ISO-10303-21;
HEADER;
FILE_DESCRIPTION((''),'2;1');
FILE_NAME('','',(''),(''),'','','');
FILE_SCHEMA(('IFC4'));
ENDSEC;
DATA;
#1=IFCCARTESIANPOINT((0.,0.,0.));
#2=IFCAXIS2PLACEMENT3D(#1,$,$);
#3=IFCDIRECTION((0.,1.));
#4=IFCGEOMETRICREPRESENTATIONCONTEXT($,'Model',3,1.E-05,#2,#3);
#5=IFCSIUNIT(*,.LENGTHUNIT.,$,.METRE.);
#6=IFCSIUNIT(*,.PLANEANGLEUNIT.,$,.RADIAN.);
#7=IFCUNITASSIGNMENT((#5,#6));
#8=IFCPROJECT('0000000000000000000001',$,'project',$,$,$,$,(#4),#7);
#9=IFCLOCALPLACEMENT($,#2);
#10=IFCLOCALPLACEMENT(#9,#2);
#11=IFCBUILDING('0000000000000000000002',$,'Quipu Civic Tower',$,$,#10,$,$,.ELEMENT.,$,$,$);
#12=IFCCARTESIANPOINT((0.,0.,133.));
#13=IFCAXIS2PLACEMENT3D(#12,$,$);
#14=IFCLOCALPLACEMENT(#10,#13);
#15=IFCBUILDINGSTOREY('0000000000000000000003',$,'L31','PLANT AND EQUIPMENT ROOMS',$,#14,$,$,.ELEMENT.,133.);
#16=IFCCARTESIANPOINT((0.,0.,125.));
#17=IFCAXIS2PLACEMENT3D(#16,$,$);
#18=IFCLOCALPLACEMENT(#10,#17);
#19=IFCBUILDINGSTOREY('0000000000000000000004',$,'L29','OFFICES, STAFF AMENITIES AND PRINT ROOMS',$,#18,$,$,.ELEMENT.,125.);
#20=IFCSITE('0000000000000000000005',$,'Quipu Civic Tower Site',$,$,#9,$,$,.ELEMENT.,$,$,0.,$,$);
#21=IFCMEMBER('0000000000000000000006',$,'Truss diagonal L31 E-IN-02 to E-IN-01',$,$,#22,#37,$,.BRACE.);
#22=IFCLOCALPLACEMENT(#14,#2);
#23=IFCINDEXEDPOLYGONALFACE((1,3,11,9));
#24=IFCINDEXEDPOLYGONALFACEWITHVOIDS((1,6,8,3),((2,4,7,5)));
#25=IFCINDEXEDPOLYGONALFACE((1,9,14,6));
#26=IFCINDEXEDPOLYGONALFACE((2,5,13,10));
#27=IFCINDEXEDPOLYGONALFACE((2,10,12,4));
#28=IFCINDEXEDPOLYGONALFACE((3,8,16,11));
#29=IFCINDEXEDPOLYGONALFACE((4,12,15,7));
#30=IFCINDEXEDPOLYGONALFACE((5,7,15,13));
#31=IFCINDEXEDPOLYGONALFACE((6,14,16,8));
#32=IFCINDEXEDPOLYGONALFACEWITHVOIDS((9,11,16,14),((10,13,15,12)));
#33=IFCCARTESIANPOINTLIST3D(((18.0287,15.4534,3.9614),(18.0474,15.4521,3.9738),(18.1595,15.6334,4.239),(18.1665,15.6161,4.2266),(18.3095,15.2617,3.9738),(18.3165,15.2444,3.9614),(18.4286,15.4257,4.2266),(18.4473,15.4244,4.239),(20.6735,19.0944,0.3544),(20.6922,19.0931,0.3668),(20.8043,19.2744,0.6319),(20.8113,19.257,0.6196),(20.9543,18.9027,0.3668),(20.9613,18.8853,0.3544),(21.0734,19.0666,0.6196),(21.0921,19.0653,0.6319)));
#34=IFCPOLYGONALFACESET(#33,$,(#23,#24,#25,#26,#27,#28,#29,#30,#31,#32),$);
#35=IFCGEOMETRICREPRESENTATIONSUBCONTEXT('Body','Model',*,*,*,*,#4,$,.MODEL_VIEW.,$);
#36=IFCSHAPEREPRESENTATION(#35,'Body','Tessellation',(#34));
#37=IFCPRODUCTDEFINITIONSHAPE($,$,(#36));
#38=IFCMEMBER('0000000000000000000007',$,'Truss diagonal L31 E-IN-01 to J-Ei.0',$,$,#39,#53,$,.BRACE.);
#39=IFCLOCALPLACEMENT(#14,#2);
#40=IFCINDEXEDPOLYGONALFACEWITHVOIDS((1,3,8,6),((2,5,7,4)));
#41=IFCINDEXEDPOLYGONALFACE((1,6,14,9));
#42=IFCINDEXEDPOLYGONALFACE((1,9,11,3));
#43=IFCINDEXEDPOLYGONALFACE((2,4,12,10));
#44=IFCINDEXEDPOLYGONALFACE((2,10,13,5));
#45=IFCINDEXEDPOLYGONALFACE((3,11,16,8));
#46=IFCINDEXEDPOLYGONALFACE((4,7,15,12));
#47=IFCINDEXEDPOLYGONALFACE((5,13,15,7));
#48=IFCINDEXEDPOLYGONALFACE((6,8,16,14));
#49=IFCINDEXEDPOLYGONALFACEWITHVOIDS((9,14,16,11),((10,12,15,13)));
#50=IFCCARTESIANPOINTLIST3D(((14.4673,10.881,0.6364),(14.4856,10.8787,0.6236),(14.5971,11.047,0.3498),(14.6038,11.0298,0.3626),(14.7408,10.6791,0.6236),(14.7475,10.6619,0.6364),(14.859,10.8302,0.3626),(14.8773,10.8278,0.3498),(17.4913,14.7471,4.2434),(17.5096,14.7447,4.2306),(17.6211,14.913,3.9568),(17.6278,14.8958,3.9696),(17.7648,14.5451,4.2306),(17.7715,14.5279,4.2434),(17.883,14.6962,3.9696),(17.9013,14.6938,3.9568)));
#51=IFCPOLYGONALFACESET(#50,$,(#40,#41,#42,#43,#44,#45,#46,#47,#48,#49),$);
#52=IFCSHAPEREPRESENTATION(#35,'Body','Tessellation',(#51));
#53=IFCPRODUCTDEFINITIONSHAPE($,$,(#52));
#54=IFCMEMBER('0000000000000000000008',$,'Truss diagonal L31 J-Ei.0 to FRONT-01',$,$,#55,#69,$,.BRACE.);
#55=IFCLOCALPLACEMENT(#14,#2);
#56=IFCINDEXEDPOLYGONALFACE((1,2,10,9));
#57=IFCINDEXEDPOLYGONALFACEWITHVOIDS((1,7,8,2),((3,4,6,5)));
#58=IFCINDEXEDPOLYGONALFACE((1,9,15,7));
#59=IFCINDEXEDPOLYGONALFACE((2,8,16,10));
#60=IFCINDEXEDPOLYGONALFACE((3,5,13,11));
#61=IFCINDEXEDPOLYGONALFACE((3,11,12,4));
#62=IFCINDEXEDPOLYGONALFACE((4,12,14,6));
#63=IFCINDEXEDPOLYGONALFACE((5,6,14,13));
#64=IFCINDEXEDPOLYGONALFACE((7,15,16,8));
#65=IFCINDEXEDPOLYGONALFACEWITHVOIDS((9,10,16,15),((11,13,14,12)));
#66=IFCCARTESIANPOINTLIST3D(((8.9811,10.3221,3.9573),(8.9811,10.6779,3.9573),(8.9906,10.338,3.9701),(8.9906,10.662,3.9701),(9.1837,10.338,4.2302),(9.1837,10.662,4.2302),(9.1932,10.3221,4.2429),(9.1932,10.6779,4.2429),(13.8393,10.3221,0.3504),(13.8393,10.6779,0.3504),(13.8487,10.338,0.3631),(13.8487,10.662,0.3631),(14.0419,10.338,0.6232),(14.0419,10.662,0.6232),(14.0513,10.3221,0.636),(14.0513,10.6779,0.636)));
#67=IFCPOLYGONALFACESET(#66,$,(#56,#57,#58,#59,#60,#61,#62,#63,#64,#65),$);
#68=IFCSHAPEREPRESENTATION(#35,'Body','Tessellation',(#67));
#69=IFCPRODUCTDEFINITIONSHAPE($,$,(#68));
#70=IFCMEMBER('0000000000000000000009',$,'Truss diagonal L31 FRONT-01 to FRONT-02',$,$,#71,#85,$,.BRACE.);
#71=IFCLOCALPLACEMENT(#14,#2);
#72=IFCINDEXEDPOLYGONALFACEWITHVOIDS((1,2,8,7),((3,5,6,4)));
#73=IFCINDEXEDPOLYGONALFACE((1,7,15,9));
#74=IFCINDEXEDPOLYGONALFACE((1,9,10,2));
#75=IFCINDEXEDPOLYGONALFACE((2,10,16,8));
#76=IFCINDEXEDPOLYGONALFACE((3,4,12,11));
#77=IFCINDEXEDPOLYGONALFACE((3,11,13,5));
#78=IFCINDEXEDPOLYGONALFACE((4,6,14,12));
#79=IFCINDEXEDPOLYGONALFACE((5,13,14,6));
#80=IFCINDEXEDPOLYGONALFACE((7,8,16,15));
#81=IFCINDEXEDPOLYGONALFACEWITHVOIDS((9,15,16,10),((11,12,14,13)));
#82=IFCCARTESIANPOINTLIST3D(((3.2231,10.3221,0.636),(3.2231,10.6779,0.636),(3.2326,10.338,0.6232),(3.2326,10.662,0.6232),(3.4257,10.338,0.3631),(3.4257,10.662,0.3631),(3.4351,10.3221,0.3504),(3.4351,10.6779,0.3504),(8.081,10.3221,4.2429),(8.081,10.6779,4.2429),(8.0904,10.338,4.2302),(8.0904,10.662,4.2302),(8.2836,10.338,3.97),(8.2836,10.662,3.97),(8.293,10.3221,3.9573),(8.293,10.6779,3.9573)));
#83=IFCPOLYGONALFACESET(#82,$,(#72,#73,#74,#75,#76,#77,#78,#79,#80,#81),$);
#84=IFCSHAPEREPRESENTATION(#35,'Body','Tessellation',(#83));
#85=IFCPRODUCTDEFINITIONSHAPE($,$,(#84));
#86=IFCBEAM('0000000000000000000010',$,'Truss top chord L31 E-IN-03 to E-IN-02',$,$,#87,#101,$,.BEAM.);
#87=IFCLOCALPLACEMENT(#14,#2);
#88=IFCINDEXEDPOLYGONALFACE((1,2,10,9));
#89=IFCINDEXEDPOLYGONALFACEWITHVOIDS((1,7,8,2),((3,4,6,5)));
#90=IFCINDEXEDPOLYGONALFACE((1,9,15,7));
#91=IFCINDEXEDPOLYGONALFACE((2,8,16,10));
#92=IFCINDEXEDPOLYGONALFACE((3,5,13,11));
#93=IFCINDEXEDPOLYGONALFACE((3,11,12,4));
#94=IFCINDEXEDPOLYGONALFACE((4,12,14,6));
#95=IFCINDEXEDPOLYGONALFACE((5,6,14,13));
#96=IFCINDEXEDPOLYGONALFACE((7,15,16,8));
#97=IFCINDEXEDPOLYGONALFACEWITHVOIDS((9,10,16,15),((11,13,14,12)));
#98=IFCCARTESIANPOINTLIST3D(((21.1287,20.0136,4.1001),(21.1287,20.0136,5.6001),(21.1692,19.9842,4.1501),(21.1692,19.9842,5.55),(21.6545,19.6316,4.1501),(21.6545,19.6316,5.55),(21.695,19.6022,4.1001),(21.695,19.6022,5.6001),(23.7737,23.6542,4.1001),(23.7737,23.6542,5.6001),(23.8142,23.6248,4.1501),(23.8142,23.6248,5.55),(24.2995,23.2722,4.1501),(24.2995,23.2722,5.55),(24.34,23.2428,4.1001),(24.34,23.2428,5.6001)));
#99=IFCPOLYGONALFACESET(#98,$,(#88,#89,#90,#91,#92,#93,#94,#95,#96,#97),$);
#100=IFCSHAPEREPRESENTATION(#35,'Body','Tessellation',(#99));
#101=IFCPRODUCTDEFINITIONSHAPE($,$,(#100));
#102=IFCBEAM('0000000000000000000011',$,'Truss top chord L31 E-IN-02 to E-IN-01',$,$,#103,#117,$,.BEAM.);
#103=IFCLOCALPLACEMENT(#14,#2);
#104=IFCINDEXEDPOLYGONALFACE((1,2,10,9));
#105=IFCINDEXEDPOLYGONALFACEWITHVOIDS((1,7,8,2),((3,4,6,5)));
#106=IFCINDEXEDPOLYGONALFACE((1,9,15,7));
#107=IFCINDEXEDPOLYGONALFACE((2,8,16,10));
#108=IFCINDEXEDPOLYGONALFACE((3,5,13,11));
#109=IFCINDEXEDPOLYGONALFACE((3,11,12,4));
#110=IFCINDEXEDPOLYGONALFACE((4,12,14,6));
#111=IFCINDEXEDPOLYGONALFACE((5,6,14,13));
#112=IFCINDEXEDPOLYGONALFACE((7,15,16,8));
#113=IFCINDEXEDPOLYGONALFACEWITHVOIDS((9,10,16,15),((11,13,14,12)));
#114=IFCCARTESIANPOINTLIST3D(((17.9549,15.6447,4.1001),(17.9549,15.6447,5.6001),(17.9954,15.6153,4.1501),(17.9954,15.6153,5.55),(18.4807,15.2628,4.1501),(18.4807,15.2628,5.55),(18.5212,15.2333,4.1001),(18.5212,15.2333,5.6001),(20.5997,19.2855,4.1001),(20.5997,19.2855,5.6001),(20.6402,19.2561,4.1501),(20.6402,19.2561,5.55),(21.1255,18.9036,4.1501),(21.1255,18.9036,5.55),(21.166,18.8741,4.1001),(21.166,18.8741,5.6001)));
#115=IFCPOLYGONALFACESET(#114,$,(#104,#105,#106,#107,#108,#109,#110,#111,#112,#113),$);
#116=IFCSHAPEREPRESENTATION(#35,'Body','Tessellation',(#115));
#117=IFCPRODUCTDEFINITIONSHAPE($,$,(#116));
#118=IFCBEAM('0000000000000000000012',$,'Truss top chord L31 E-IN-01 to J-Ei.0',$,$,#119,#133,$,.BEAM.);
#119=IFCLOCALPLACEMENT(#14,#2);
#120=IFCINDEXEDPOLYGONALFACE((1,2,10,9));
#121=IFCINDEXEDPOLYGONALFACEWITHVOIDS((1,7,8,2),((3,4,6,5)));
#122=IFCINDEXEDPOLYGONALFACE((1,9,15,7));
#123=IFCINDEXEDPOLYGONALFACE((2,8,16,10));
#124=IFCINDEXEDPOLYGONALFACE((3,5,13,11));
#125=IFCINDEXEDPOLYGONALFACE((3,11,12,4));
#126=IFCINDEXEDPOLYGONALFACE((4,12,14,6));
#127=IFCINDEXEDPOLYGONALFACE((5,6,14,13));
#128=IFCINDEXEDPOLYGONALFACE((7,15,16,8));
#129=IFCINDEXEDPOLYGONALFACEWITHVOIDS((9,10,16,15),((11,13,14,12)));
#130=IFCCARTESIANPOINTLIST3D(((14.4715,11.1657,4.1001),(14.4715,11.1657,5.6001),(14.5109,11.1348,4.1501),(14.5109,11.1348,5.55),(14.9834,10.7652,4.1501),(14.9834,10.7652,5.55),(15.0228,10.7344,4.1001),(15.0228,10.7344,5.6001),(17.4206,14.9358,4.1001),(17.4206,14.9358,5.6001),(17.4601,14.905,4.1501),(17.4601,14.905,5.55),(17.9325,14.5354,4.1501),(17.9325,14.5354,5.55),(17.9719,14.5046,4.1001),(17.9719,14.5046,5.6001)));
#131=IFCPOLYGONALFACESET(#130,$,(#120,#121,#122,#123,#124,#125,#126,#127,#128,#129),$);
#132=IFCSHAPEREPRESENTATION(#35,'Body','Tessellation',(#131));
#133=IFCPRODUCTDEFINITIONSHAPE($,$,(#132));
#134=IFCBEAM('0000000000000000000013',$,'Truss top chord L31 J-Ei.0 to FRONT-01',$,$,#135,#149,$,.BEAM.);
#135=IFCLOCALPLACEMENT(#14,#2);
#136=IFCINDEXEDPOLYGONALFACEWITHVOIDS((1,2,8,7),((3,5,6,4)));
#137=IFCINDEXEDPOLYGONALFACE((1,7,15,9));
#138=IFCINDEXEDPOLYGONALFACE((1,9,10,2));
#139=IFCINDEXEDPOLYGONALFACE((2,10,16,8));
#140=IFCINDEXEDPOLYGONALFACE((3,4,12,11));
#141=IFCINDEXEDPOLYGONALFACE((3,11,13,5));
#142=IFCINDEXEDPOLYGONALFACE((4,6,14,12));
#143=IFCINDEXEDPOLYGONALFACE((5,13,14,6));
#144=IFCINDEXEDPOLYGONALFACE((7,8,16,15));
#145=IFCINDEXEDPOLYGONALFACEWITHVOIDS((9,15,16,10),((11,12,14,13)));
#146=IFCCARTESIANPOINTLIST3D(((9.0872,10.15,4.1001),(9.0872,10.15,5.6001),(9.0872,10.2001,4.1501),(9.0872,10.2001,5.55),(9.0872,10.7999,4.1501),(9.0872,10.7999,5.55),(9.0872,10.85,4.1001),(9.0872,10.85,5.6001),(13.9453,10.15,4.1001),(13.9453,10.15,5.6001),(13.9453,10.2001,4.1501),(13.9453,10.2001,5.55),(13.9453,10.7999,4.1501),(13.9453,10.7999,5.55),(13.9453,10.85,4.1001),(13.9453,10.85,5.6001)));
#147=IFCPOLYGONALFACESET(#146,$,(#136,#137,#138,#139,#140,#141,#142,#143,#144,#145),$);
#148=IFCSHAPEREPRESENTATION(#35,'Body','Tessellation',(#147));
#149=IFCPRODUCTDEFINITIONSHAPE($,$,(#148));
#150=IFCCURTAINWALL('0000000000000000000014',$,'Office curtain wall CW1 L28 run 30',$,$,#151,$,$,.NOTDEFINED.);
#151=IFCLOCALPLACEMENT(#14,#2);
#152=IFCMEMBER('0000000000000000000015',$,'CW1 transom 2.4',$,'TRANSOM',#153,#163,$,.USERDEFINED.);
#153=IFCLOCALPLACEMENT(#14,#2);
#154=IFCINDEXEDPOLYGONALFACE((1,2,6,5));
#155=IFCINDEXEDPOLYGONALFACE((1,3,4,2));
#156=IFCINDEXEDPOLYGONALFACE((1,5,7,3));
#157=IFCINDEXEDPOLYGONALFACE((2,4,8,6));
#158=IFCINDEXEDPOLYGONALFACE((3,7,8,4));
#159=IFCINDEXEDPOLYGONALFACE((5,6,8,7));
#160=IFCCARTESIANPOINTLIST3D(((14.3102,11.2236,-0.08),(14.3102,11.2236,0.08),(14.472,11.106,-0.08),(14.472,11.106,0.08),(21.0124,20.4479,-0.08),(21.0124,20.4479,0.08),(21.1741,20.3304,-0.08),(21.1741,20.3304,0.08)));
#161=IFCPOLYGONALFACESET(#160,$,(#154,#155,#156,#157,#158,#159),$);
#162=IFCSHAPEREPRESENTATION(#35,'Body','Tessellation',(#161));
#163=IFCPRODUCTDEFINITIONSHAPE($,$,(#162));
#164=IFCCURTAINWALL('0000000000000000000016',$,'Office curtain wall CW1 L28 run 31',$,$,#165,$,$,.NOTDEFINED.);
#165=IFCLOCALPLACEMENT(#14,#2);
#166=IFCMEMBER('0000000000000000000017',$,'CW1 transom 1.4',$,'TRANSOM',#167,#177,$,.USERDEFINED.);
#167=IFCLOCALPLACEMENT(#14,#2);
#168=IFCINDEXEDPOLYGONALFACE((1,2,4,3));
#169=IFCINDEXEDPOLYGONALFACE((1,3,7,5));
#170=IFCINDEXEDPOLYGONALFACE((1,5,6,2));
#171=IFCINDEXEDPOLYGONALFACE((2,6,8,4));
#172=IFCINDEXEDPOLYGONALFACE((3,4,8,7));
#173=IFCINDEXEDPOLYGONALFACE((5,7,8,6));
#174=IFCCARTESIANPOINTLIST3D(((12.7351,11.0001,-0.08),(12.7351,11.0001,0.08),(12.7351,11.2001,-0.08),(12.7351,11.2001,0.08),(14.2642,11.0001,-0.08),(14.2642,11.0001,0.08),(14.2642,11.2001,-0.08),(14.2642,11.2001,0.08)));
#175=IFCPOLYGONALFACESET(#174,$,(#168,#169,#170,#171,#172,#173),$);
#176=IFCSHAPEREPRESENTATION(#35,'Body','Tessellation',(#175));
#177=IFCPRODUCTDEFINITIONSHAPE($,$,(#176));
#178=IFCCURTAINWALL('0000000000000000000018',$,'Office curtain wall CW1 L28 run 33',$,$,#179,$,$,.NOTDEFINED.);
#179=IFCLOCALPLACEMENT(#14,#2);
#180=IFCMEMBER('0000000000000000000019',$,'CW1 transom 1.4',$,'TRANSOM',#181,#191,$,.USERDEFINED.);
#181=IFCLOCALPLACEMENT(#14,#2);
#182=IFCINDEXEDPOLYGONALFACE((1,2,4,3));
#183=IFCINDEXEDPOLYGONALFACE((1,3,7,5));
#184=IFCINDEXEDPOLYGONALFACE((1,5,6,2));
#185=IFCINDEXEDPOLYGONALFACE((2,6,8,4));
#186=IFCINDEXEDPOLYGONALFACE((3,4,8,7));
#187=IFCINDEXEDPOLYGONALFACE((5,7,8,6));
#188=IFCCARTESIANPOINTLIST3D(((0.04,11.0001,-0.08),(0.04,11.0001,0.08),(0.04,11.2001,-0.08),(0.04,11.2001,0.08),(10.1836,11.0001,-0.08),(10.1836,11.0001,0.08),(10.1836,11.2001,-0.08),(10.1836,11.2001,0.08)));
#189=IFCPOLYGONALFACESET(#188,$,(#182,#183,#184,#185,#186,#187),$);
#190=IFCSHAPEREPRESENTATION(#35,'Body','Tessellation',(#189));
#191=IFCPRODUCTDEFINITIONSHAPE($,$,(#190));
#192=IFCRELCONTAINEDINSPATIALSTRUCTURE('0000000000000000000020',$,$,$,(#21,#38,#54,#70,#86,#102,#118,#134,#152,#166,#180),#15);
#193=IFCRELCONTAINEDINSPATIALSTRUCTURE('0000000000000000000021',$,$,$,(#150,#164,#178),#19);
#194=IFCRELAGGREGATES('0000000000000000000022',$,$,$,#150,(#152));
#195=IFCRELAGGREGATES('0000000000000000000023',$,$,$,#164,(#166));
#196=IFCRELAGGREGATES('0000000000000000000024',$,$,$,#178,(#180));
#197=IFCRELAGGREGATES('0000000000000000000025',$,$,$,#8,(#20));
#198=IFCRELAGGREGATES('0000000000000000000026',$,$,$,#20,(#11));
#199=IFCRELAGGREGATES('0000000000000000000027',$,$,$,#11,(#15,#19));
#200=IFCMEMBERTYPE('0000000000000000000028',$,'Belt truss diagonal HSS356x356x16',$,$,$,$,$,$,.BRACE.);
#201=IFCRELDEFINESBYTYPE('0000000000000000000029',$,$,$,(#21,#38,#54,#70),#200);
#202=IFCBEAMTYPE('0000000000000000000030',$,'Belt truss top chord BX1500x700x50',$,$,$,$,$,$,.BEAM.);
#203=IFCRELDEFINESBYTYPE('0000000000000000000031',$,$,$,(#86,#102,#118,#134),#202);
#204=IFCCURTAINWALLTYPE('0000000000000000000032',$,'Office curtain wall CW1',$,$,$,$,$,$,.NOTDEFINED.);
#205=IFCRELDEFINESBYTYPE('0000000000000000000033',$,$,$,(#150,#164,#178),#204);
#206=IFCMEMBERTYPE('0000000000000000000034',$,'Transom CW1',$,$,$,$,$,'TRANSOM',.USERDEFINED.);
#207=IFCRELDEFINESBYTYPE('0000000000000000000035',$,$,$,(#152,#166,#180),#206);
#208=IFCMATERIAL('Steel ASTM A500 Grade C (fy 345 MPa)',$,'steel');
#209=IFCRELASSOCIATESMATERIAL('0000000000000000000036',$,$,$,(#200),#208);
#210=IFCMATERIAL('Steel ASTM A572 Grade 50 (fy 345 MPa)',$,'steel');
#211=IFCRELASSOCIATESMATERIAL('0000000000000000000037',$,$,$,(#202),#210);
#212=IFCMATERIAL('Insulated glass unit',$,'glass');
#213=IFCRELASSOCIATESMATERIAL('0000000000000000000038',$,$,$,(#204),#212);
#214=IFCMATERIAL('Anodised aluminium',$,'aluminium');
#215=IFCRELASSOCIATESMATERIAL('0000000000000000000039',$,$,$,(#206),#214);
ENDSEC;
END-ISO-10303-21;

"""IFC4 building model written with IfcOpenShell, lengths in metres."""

from ifc_helpers import new_model, si_unit, direction, frame, origin, origin_2d, place, context, subcontext, project, spatial, rectangle, hollow_rectangle, extrude, material, material_profile, profile_set, type_object, element, aggregate, save


model = new_model("IFC4")

# Units and contexts
model_context = context("Model", 3, precision=1e-05, world=origin(), true_north=direction((0.0, 1.0)))
body_context = subcontext(model_context, "Body", "Model", "MODEL_VIEW")
ifc_project = project(units=[si_unit("LENGTHUNIT", "METRE"), si_unit("PLANEANGLEUNIT", "RADIAN")], contexts=[model_context])

# Site, building, storey
site_placement = place(None, origin())
site = spatial("IfcSite", under=ifc_project, at=site_placement, Name="Quipu Civic Tower Site", CompositionType="ELEMENT", RefElevation=0.0)
building_placement = place(site_placement, origin())
building = spatial("IfcBuilding", under=site, at=building_placement, Name="Quipu Civic Tower", CompositionType="ELEMENT")
storey_1_placement = place(building_placement, frame((0.0, 0.0, 133.0)))
storey_1 = spatial("IfcBuildingStorey", under=building, at=storey_1_placement, Name="L31", Description="PLANT AND EQUIPMENT ROOMS", CompositionType="ELEMENT", Elevation=133.0)

# Members
ifc_material_1 = material(Name="Steel ASTM A500 Grade C (fy 345 MPa)", Category="steel")
ifc_material_profile_1 = material_profile(ifc_material_1, hollow_rectangle(XDim=0.3557, YDim=0.3557, WallThickness=0.0159, at=origin_2d()), Name="HSS356x356x16")
ifc_profile_set_1 = profile_set([ifc_material_profile_1], Name="Steel ASTM A500 Grade C (fy 345 MPa)")
member_type_1 = type_object("IfcMemberType", Name="Belt truss diagonal HSS356x356x16", PredefinedType="BRACE", material=ifc_profile_set_1)
member_1_placement = place(storey_1_placement, frame((20.8828, 19.0798, 0.4932), z_axis=(-0.458588, -0.631305, 0.625421), x_axis=(0.809067, -0.587717, 0.0)))
element("IfcMember", 1, at=member_1_placement, inside=storey_1, type_object=member_type_1, Name="Truss diagonal L31 E-IN-02 to E-IN-01", PredefinedType="BRACE", context=body_context, shape_type="SweptSolid", body=[
    extrude(hollow_rectangle(XDim=0.3557, YDim=0.3557, WallThickness=0.0159, at=origin_2d()), origin(), (0.0, 0.0, 1.0), 5.7673),
])
member_2_placement = place(storey_1_placement, frame((17.6963, 14.7205, 4.1001), z_axis=(-0.496461, -0.634706, -0.592178), x_axis=(0.787665, -0.616104, 0.0)))
element("IfcMember", 2, at=member_2_placement, inside=storey_1, type_object=member_type_1, Name="Truss diagonal L31 E-IN-01 to J-Ei.0", PredefinedType="BRACE", context=body_context, shape_type="SweptSolid", body=[
    extrude(hollow_rectangle(XDim=0.3557, YDim=0.3557, WallThickness=0.0159, at=origin_2d()), origin(), (0.0, 0.0, 1.0), 6.0911),
])
member_3_placement = place(storey_1_placement, frame((13.9453, 10.5, 0.4932), z_axis=(-0.802901, 0.0, 0.596113), x_axis=(0.0, -1.0, 0.0)))
element("IfcMember", 3, at=member_3_placement, inside=storey_1, type_object=member_type_1, Name="Truss diagonal L31 J-Ei.0 to FRONT-01", PredefinedType="BRACE", context=body_context, shape_type="SweptSolid", body=[
    extrude(hollow_rectangle(XDim=0.3557, YDim=0.3557, WallThickness=0.0159, at=origin_2d()), origin(), (0.0, 0.0, 1.0), 6.0508),
])
member_4_placement = place(storey_1_placement, frame((8.187, 10.5, 4.1001), z_axis=(-0.802886, 0.0, -0.596132), x_axis=(0.0, -1.0, 0.0)))
element("IfcMember", 4, at=member_4_placement, inside=storey_1, type_object=member_type_1, Name="Truss diagonal L31 FRONT-01 to FRONT-02", PredefinedType="BRACE", context=body_context, shape_type="SweptSolid", body=[
    extrude(hollow_rectangle(XDim=0.3557, YDim=0.3557, WallThickness=0.0159, at=origin_2d()), origin(), (0.0, 0.0, 1.0), 6.0505),
])

# Beams
ifc_material_2 = material(Name="Steel ASTM A572 Grade 50 (fy 345 MPa)", Category="steel")
ifc_material_profile_2 = material_profile(ifc_material_2, hollow_rectangle(XDim=0.7, YDim=1.5, WallThickness=0.05, at=origin_2d()), Name="BX1500x700x50")
ifc_profile_set_2 = profile_set([ifc_material_profile_2], Name="Steel ASTM A572 Grade 50 (fy 345 MPa)")
beam_type_1 = type_object("IfcBeamType", Name="Belt truss top chord BX1500x700x50", PredefinedType="BEAM", material=ifc_profile_set_2)
for number, where, z_axis, x_axis, name in (
    (5, (24.0569, 23.4485, 4.8501), (-0.587778, -0.809022, 0.0), (0.809022, -0.587778, 0.0), "Truss top chord L31 E-IN-03 to E-IN-02"),
    (6, (20.8828, 19.0798, 4.8501), (-0.587717, -0.809067, 0.0), (0.809067, -0.587717, 0.0), "Truss top chord L31 E-IN-02 to E-IN-01"),
):
    element("IfcBeam", number, at=place(storey_1_placement, frame(where, z_axis=z_axis, x_axis=x_axis)), inside=storey_1, type_object=beam_type_1, Name=name, PredefinedType="BEAM", context=body_context, shape_type="SweptSolid", body=[
        extrude(hollow_rectangle(XDim=0.7, YDim=1.5, WallThickness=0.05, at=origin_2d()), origin(), (0.0, 0.0, 1.0), 4.5),
    ])
beam_1_placement = place(storey_1_placement, frame((17.6963, 14.7202, 4.8501), z_axis=(-0.616124, -0.787649, 0.0), x_axis=(0.787649, -0.616124, 0.0)))
element("IfcBeam", 7, at=beam_1_placement, inside=storey_1, type_object=beam_type_1, Name="Truss top chord L31 E-IN-01 to J-Ei.0", PredefinedType="BEAM", context=body_context, shape_type="SweptSolid", body=[
    extrude(hollow_rectangle(XDim=0.7, YDim=1.5, WallThickness=0.05, at=origin_2d()), origin(), (0.0, 0.0, 1.0), 4.7866),
])
beam_2_placement = place(storey_1_placement, frame((13.9453, 10.5, 4.8501), z_axis=(-1.0, 0.0, 0.0), x_axis=(0.0, -1.0, 0.0)))
element("IfcBeam", 8, at=beam_2_placement, inside=storey_1, type_object=beam_type_1, Name="Truss top chord L31 J-Ei.0 to FRONT-01", PredefinedType="BEAM", context=body_context, shape_type="SweptSolid", body=[
    extrude(hollow_rectangle(XDim=0.7, YDim=1.5, WallThickness=0.05, at=origin_2d()), origin(), (0.0, 0.0, 1.0), 4.8582),
])

# Shared definitions
storey_2_placement = place(building_placement, frame((0.0, 0.0, 125.0)))
storey_2 = spatial("IfcBuildingStorey", under=building, at=storey_2_placement, Name="L29", Description="OFFICES, STAFF AMENITIES AND PRINT ROOMS", CompositionType="ELEMENT", Elevation=125.0)

# Curtain walls, members
ifc_material_3 = material(Name="Insulated glass unit", Category="glass")
curtain_wall_type = type_object("IfcCurtainWallType", Name="Office curtain wall CW1", PredefinedType="NOTDEFINED", material=ifc_material_3)
curtain_wall_1_placement = place(storey_2_placement, origin())
curtain_wall_1 = element("IfcCurtainWall", 9, at=curtain_wall_1_placement, inside=storey_2, type_object=curtain_wall_type, Name="Office curtain wall CW1 L28 run 30", PredefinedType="NOTDEFINED")
ifc_material_4 = material(Name="Anodised aluminium", Category="aluminium")
ifc_material_profile_3 = material_profile(ifc_material_4, rectangle(XDim=0.2, YDim=0.1599, at=origin_2d()), Name="RECT 200x160")
ifc_profile_set_3 = profile_set([ifc_material_profile_3], Name="Anodised aluminium")
member_type_2 = type_object("IfcMemberType", Name="Transom CW1", ElementType="TRANSOM", PredefinedType="USERDEFINED", material=ifc_profile_set_3)
member_5_placement = place(storey_1_placement, frame((21.0933, 20.3892, 0.0), z_axis=(-0.5878, -0.809006, 0.0), x_axis=(0.809006, -0.5878, 0.0)))
member_5 = element("IfcMember", 10, at=member_5_placement, inside=storey_1, type_object=member_type_2, Name="CW1 transom 2.4", ObjectType="TRANSOM", PredefinedType="USERDEFINED", context=body_context, shape_type="SweptSolid", body=[
    extrude(rectangle(XDim=0.2, YDim=0.1599, at=origin_2d()), origin(), (0.0, 0.0, 1.0), 11.4021),
])
aggregate(curtain_wall_1, [member_5])
curtain_wall_2_placement = place(storey_2_placement, origin())
curtain_wall_2 = element("IfcCurtainWall", 11, at=curtain_wall_2_placement, inside=storey_2, type_object=curtain_wall_type, Name="Office curtain wall CW1 L28 run 31", PredefinedType="NOTDEFINED")
member_6_placement = place(storey_1_placement, frame((14.2642, 11.1001, 0.0), z_axis=(-1.0, 0.0, 0.0), x_axis=(0.0, -1.0, 0.0)))
member_6 = element("IfcMember", 12, at=member_6_placement, inside=storey_1, type_object=member_type_2, Name="CW1 transom 1.4", ObjectType="TRANSOM", PredefinedType="USERDEFINED", context=body_context, shape_type="SweptSolid", body=[
    extrude(rectangle(XDim=0.2, YDim=0.1599, at=origin_2d()), origin(), (0.0, 0.0, 1.0), 1.5291),
])
aggregate(curtain_wall_2, [member_6])
curtain_wall_3_placement = place(storey_2_placement, origin())
curtain_wall_3 = element("IfcCurtainWall", 13, at=curtain_wall_3_placement, inside=storey_2, type_object=curtain_wall_type, Name="Office curtain wall CW1 L28 run 33", PredefinedType="NOTDEFINED")
member_7_placement = place(storey_1_placement, frame((10.1836, 11.1001, 0.0), z_axis=(-1.0, 0.0, 0.0), x_axis=(0.0, -1.0, 0.0)))
member_7 = element("IfcMember", 14, at=member_7_placement, inside=storey_1, type_object=member_type_2, Name="CW1 transom 1.4", ObjectType="TRANSOM", PredefinedType="USERDEFINED", context=body_context, shape_type="SweptSolid", body=[
    extrude(rectangle(XDim=0.2, YDim=0.1599, at=origin_2d()), origin(), (0.0, 0.0, 1.0), 10.1436),
])
aggregate(curtain_wall_3, [member_7])

save(model, "model.ifc")
